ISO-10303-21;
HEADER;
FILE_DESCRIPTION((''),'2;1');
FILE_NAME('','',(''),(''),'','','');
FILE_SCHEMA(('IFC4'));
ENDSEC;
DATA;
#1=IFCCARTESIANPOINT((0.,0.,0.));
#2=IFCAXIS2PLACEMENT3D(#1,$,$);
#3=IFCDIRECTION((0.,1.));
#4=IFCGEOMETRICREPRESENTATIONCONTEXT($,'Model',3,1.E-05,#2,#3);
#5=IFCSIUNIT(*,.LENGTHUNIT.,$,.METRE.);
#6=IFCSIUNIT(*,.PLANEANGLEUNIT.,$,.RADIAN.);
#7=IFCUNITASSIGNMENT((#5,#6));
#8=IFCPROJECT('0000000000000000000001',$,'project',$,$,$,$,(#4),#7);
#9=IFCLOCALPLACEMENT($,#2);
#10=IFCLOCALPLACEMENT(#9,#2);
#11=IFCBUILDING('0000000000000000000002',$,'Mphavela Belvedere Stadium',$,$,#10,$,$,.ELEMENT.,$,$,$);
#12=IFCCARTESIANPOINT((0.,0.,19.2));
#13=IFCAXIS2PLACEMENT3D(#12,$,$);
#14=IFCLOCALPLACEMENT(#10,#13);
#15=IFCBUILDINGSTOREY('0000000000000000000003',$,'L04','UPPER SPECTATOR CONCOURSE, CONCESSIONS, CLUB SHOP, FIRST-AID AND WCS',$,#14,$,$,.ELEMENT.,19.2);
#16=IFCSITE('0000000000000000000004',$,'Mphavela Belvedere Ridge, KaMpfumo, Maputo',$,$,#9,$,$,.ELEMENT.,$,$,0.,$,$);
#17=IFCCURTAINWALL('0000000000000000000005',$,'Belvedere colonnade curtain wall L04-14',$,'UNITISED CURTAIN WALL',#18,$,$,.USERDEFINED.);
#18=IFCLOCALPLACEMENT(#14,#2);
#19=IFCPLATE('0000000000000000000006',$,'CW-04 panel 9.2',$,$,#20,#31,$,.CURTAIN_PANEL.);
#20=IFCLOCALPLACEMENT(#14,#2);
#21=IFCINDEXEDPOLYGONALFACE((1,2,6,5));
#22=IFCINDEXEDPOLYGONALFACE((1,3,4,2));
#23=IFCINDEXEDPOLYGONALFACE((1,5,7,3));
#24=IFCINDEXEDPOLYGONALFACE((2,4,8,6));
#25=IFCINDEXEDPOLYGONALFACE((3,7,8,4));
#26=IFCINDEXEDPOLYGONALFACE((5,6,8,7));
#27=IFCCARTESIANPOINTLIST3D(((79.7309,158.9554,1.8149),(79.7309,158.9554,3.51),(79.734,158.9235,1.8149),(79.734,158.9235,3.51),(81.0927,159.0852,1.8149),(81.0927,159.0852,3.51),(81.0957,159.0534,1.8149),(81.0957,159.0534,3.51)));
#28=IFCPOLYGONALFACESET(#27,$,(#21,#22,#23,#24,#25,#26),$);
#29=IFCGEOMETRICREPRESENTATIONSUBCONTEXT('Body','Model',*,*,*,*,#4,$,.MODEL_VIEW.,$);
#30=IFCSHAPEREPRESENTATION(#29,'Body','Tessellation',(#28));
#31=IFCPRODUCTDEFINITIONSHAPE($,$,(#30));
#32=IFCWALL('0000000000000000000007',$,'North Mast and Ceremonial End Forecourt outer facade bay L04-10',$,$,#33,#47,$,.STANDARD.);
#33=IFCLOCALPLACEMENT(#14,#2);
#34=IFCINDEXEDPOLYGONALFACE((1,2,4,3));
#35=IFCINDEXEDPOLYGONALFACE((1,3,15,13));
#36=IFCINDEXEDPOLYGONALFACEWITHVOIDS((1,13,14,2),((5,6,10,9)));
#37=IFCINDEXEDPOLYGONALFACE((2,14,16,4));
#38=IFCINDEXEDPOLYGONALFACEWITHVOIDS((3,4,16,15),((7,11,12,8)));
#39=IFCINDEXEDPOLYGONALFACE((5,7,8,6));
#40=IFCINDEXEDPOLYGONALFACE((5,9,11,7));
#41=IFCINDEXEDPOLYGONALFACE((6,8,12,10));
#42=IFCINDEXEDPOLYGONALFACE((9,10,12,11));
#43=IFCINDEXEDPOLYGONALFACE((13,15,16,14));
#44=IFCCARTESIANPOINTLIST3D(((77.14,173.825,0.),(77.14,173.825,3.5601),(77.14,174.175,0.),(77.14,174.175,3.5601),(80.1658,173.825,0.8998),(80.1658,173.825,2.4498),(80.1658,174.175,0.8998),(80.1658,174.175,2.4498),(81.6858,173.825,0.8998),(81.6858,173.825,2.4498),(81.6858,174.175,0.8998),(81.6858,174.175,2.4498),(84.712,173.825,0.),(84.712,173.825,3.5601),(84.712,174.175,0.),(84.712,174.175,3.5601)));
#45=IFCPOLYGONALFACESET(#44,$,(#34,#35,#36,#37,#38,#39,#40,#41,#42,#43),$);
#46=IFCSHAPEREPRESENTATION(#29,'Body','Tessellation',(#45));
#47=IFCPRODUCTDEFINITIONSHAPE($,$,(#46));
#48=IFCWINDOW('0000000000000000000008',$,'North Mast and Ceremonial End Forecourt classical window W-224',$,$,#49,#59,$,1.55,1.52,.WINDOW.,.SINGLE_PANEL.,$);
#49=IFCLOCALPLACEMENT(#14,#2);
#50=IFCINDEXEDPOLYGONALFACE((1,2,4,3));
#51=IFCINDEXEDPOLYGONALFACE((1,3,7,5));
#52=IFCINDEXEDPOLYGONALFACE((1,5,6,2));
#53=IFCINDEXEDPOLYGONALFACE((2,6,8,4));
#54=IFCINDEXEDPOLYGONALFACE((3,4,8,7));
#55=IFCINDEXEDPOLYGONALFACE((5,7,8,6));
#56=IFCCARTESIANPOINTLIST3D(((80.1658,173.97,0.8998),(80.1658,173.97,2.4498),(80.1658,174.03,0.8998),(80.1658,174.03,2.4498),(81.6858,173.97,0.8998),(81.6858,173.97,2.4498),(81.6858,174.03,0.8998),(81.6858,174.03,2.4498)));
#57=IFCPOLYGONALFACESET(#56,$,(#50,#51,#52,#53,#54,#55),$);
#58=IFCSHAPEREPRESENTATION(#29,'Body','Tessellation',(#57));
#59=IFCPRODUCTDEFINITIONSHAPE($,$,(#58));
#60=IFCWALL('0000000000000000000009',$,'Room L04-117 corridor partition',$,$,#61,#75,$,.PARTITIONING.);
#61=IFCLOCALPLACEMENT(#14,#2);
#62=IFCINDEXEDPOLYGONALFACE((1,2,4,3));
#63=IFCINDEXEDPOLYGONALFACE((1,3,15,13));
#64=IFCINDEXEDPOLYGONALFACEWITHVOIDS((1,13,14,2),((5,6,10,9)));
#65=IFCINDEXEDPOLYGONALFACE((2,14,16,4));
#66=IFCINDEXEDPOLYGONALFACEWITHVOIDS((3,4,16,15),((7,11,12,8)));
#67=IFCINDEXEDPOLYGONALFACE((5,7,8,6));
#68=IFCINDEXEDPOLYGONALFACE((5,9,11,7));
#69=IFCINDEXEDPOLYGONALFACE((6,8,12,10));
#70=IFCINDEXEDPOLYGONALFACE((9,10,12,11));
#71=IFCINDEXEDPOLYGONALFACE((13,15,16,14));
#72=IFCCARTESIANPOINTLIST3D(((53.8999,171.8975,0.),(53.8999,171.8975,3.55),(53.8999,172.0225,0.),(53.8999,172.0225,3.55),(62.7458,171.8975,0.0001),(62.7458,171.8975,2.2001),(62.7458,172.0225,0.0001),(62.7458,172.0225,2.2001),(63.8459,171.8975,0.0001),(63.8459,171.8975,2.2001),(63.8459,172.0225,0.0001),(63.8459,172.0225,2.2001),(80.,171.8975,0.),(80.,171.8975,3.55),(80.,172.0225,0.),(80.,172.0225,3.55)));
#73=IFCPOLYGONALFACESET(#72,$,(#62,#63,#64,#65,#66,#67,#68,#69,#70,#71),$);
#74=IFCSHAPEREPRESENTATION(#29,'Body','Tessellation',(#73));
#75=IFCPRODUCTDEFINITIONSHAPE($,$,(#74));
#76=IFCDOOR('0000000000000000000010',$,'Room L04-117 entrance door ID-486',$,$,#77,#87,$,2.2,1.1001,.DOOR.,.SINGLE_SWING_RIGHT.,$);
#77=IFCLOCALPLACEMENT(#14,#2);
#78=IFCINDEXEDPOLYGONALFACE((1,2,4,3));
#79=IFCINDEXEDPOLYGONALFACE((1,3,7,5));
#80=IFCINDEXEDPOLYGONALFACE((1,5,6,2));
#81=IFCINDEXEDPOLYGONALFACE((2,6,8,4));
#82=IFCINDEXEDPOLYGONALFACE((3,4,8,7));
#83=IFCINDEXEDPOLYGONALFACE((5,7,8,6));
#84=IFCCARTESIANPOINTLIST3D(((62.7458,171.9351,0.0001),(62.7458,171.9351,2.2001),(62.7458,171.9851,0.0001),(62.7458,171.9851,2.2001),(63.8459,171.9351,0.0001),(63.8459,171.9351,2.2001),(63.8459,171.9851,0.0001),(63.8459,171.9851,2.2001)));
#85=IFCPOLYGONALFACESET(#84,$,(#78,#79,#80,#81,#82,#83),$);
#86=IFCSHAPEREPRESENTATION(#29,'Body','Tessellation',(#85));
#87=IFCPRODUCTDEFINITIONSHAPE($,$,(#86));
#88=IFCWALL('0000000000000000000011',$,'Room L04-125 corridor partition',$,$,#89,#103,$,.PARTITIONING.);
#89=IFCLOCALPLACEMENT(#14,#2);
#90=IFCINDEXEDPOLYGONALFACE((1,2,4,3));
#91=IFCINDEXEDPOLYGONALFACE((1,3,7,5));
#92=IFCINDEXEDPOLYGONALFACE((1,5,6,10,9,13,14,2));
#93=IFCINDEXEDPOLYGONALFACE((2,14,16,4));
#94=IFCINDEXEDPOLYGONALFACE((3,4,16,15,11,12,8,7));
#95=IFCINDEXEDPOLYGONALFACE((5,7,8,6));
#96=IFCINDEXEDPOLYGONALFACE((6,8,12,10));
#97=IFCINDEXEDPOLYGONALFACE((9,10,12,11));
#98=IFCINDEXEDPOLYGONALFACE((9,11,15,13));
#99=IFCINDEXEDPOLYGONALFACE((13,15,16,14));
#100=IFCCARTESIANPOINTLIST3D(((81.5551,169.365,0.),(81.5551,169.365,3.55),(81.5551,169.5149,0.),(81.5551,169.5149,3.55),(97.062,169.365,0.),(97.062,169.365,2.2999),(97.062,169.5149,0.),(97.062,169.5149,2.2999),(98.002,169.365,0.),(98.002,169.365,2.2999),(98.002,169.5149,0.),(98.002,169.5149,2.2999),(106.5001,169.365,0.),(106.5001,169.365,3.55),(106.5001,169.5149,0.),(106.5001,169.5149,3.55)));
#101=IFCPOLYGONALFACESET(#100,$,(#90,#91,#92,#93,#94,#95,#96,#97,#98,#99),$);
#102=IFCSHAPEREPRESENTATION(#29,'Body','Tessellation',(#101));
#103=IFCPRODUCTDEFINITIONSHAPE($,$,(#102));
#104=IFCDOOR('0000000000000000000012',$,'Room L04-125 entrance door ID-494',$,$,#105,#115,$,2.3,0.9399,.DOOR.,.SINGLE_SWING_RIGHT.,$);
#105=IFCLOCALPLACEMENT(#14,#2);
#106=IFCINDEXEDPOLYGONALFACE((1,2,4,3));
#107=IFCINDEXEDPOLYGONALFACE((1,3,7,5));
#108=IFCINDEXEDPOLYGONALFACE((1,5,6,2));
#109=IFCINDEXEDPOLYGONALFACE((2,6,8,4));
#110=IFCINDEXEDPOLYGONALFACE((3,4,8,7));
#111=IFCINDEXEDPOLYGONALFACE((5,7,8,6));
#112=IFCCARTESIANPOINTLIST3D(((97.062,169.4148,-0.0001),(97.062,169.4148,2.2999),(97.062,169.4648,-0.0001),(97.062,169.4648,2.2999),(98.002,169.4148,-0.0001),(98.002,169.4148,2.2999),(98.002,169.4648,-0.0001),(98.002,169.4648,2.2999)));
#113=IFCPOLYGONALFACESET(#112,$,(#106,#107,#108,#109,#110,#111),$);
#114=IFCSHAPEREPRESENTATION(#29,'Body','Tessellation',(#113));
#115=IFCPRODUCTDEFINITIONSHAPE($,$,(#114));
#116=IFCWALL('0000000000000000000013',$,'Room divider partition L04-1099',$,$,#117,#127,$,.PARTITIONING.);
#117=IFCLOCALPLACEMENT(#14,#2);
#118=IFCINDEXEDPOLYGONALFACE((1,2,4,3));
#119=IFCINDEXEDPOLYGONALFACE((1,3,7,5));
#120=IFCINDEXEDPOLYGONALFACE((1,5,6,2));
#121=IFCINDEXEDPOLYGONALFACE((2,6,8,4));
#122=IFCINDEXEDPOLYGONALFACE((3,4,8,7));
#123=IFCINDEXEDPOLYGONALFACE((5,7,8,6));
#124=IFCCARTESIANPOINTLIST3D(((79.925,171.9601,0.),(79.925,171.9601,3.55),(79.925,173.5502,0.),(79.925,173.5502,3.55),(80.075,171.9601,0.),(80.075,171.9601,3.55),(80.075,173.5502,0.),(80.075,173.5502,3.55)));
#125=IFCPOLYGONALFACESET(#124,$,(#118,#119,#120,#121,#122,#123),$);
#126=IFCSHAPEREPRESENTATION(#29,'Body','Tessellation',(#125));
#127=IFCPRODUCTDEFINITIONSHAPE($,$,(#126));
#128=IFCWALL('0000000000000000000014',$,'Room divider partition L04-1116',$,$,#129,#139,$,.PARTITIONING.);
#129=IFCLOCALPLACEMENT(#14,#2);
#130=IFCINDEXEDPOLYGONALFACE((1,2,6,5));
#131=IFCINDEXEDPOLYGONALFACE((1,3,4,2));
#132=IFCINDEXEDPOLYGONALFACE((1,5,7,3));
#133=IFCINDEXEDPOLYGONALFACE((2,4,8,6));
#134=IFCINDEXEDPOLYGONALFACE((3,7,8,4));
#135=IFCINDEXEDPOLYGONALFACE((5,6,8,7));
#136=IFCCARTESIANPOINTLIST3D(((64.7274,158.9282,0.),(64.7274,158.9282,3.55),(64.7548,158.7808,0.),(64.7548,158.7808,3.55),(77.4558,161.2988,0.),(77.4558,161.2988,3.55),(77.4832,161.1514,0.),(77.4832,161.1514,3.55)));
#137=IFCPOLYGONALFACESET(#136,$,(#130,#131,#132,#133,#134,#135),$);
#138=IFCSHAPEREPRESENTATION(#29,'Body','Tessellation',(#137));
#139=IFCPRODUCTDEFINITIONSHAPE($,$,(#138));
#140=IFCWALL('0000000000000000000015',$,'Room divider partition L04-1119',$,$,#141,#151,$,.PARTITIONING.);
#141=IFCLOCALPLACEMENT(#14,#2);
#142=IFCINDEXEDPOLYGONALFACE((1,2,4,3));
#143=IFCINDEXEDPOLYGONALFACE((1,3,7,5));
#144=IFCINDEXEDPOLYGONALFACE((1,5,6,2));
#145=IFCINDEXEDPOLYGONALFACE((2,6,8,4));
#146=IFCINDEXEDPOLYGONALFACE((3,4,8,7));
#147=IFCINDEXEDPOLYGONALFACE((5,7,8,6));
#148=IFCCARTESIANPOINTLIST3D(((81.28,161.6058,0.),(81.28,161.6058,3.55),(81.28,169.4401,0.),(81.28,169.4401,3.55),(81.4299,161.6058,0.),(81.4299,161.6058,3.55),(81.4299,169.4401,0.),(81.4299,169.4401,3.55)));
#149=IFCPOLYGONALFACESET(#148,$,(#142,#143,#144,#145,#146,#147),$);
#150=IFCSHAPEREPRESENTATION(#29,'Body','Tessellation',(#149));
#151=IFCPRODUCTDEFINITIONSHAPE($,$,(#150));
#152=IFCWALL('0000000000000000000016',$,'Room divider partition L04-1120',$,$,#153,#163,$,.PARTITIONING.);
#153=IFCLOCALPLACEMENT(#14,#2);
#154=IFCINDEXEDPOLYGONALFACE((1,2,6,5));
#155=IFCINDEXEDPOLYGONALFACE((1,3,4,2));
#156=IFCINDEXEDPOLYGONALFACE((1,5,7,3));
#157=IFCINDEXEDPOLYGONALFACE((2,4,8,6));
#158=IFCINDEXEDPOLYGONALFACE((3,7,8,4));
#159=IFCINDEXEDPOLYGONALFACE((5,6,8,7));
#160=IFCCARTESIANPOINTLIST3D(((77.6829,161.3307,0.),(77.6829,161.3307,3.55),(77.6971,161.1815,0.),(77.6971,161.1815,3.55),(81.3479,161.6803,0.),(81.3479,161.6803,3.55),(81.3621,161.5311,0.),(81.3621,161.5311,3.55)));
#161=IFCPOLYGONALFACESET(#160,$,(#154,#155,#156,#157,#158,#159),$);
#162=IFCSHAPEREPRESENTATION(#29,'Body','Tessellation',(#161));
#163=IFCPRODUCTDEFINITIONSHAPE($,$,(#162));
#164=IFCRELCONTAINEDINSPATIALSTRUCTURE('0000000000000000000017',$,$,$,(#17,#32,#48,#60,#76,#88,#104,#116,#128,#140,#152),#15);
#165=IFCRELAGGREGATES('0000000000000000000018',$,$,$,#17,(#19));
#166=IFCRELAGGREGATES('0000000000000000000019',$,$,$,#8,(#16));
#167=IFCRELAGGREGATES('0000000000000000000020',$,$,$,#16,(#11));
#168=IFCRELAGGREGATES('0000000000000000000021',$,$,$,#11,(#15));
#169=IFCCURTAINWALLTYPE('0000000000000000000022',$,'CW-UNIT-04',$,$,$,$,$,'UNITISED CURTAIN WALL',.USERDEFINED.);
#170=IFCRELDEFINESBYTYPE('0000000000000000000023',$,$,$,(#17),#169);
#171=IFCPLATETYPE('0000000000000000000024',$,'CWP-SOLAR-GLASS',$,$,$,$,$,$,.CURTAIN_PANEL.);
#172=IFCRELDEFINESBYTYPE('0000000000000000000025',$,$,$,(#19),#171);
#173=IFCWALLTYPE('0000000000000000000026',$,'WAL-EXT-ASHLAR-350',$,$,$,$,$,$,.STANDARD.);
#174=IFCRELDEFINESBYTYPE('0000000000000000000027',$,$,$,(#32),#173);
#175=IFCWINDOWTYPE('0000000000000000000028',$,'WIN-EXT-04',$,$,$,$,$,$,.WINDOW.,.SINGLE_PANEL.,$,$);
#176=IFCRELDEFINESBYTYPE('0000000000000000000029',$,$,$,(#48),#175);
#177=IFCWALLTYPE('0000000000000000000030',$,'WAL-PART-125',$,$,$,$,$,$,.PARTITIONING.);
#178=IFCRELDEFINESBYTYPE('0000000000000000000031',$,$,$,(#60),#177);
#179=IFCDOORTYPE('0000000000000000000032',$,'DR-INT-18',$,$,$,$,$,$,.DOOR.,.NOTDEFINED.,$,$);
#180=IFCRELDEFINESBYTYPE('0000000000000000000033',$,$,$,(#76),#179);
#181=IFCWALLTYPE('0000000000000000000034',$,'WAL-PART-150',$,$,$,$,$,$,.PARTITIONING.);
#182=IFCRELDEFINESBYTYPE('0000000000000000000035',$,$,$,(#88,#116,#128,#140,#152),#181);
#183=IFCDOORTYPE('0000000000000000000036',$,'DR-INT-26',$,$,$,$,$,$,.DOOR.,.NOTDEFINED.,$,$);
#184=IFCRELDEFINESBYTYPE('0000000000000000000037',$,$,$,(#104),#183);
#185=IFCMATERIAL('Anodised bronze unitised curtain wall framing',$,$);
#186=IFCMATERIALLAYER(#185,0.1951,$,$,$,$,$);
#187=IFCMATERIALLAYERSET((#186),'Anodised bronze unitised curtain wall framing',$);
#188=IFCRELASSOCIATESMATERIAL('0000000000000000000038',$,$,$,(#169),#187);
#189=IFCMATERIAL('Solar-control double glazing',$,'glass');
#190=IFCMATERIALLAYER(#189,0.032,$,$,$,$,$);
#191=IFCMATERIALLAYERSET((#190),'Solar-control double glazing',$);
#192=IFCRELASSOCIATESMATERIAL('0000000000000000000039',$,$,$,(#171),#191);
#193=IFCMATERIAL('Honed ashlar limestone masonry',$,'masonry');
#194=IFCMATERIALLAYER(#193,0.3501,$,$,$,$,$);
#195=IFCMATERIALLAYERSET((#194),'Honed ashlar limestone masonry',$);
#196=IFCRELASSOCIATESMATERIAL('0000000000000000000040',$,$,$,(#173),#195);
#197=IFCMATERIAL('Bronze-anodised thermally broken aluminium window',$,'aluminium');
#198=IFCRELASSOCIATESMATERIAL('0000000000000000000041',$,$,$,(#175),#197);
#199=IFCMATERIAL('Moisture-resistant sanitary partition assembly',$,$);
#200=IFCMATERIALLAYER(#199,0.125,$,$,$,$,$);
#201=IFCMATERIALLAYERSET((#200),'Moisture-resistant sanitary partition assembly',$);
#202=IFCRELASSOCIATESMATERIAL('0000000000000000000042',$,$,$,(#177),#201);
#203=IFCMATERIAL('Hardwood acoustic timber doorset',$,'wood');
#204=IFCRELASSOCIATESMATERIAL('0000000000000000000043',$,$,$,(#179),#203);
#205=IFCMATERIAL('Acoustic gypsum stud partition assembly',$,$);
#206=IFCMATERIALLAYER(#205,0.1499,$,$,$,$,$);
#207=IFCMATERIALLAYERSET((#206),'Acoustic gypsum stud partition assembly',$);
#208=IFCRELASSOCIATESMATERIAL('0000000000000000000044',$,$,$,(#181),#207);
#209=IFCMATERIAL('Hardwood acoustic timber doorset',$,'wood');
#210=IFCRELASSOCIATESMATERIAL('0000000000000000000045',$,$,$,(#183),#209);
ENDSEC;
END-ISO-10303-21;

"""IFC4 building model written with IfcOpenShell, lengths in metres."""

from ifc_helpers import new_model, si_unit, direction, frame, frame_2d, origin, origin_2d, place, context, subcontext, project, spatial, rectangle, extrude, material, layer, layer_set, type_object, element, fill, aggregate, save


model = new_model("IFC4")

# Units and contexts
model_context = context("Model", 3, precision=1e-05, world=origin(), true_north=direction((0.0, 1.0)))
body_context = subcontext(model_context, "Body", "Model", "MODEL_VIEW")
ifc_project = project(units=[si_unit("LENGTHUNIT", "METRE"), si_unit("PLANEANGLEUNIT", "RADIAN")], contexts=[model_context])

# Site, building, storey
site_placement = place(None, origin())
site = spatial("IfcSite", under=ifc_project, at=site_placement, Name="Mphavela Belvedere Ridge, KaMpfumo, Maputo", CompositionType="ELEMENT", RefElevation=0.0)
building_placement = place(site_placement, origin())
building = spatial("IfcBuilding", under=site, at=building_placement, Name="Mphavela Belvedere Stadium", CompositionType="ELEMENT")
storey_placement = place(building_placement, frame((0.0, 0.0, 19.2)))
storey = spatial("IfcBuildingStorey", under=building, at=storey_placement, Name="L04", Description="UPPER SPECTATOR CONCOURSE, CONCESSIONS, CLUB SHOP, FIRST-AID AND WCS", CompositionType="ELEMENT", Elevation=19.2)

# Curtain wall, plate
ifc_material_1 = material(Name="Anodised bronze unitised curtain wall framing")
ifc_layer_1 = layer(ifc_material_1, 0.1951)
ifc_layer_set_1 = layer_set([ifc_layer_1], Name="Anodised bronze unitised curtain wall framing")
curtain_wall_type = type_object("IfcCurtainWallType", Name="CW-UNIT-04", ElementType="UNITISED CURTAIN WALL", PredefinedType="USERDEFINED", material=ifc_layer_set_1)
curtain_wall_placement = place(storey_placement, origin())
curtain_wall = element("IfcCurtainWall", 1, at=curtain_wall_placement, inside=storey, type_object=curtain_wall_type, Name="Belvedere colonnade curtain wall L04-14", ObjectType="UNITISED CURTAIN WALL", PredefinedType="USERDEFINED")
ifc_material_2 = material(Name="Solar-control double glazing", Category="glass")
ifc_layer_2 = layer(ifc_material_2, 0.032)
ifc_layer_set_2 = layer_set([ifc_layer_2], Name="Solar-control double glazing")
plate_type = type_object("IfcPlateType", Name="CWP-SOLAR-GLASS", PredefinedType="CURTAIN_PANEL", material=ifc_layer_set_2)
plate_1_placement = place(storey_placement, frame((80.4133, 159.0044, 1.8149), z_axis=(0.0, 0.0, 1.0), x_axis=(-0.995484, -0.094933, 0.0)))
plate_1 = element("IfcPlate", 2, at=plate_1_placement, type_object=plate_type, Name="CW-04 panel 9.2", PredefinedType="CURTAIN_PANEL", context=body_context, shape_type="SweptSolid", body=[
    extrude(rectangle(XDim=1.3679, YDim=0.032, at=origin_2d()), origin(), (0.0, 0.0, 1.0), 1.6951),
])
aggregate(curtain_wall, [plate_1])

# Wall, opening, window
ifc_material_3 = material(Name="Honed ashlar limestone masonry", Category="masonry")
ifc_layer_3 = layer(ifc_material_3, 0.3501)
ifc_layer_set_3 = layer_set([ifc_layer_3], Name="Honed ashlar limestone masonry")
wall_type_1 = type_object("IfcWallType", Name="WAL-EXT-ASHLAR-350", PredefinedType="STANDARD", material=ifc_layer_set_3)
wall_1_placement = place(storey_placement, frame((77.1399, 174.0, 0.0), z_axis=(0.0, 0.0, 1.0), x_axis=(1.0, 0.0, 0.0)))
wall_1 = element("IfcWall", 3, at=wall_1_placement, inside=storey, type_object=wall_type_1, Name="North Mast and Ceremonial End Forecourt outer facade bay L04-10", PredefinedType="STANDARD", context=body_context, shape_type="SweptSolid", body=[
    extrude(rectangle(XDim=7.572, YDim=0.3501, at=frame_2d((3.7861, 0.0))), origin(), (0.0, 0.0, 1.0), 3.5601),
])
opening_1_placement = place(wall_1_placement, frame((3.0259, 0.0, 0.8999)))
opening_1 = element("IfcOpeningElement", 4, at=opening_1_placement, cuts=wall_1, PredefinedType="OPENING", context=body_context, shape_type="SweptSolid", body=[
    extrude(rectangle(XDim=1.52, YDim=1.55, at=frame_2d((0.76, 0.7749))), frame((0.0, 0.1851, 0.0), z_axis=(0.0, -1.0, 0.0), x_axis=(1.0, 0.0, 0.0)), (0.0, 0.0, 1.0), 0.3701),
])
ifc_material_4 = material(Name="Bronze-anodised thermally broken aluminium window", Category="aluminium")
window_type = type_object("IfcWindowType", Name="WIN-EXT-04", PartitioningType="SINGLE_PANEL", PredefinedType="WINDOW", material=ifc_material_4)
window_placement = place(opening_1_placement, origin())
window = element("IfcWindow", 5, at=window_placement, inside=storey, type_object=window_type, Name="North Mast and Ceremonial End Forecourt classical window W-224", OverallHeight=1.55, OverallWidth=1.52, PartitioningType="SINGLE_PANEL", PredefinedType="WINDOW", context=body_context, shape_type="SweptSolid", body=[
    extrude(rectangle(XDim=1.52, YDim=1.55, at=frame_2d((0.76, 0.7749))), frame((0.0, 0.03, 0.0), z_axis=(0.0, -1.0, 0.0), x_axis=(1.0, 0.0, 0.0)), (0.0, 0.0, 1.0), 0.0601),
])
fill(opening_1, window)

# Walls, openings, doors
ifc_material_5 = material(Name="Moisture-resistant sanitary partition assembly")
ifc_layer_4 = layer(ifc_material_5, 0.125)
ifc_layer_set_4 = layer_set([ifc_layer_4], Name="Moisture-resistant sanitary partition assembly")
wall_type_2 = type_object("IfcWallType", Name="WAL-PART-125", PredefinedType="PARTITIONING", material=ifc_layer_set_4)
wall_2_placement = place(storey_placement, frame((80.0, 171.96, 0.0), z_axis=(0.0, 0.0, 1.0), x_axis=(-1.0, 0.0, 0.0)))
wall_2 = element("IfcWall", 6, at=wall_2_placement, inside=storey, type_object=wall_type_2, Name="Room L04-117 corridor partition", PredefinedType="PARTITIONING", context=body_context, shape_type="SweptSolid", body=[
    extrude(rectangle(XDim=26.1001, YDim=0.125, at=frame_2d((13.05, 0.0))), origin(), (0.0, 0.0, 1.0), 3.55),
])
opening_2_placement = place(wall_2_placement, frame((16.1541, 0.0, 0.0)))
opening_2 = element("IfcOpeningElement", 7, at=opening_2_placement, cuts=wall_2, PredefinedType="OPENING", context=body_context, shape_type="SweptSolid", body=[
    extrude(rectangle(XDim=1.1001, YDim=2.2, at=frame_2d((0.55, 1.1001))), frame((0.0, 0.0725, 0.0), z_axis=(0.0, -1.0, 0.0), x_axis=(1.0, 0.0, 0.0)), (0.0, 0.0, 1.0), 0.145),
])
ifc_material_6 = material(Name="Hardwood acoustic timber doorset", Category="wood")
door_type_1 = type_object("IfcDoorType", Name="DR-INT-18", OperationType="NOTDEFINED", PredefinedType="DOOR", material=ifc_material_6)
door_1_placement = place(opening_2_placement, origin())
door_1 = element("IfcDoor", 8, at=door_1_placement, inside=storey, type_object=door_type_1, Name="Room L04-117 entrance door ID-486", OperationType="SINGLE_SWING_RIGHT", OverallHeight=2.2, OverallWidth=1.1001, PredefinedType="DOOR", context=body_context, shape_type="SweptSolid", body=[
    extrude(rectangle(XDim=1.1001, YDim=2.2, at=frame_2d((0.55, 1.1001))), frame((0.0, 0.0249, 0.0), z_axis=(0.0, -1.0, 0.0), x_axis=(1.0, 0.0, 0.0)), (0.0, 0.0, 1.0), 0.05),
])
fill(opening_2, door_1)
ifc_material_7 = material(Name="Acoustic gypsum stud partition assembly")
ifc_layer_5 = layer(ifc_material_7, 0.1499)
ifc_layer_set_5 = layer_set([ifc_layer_5], Name="Acoustic gypsum stud partition assembly")
wall_type_3 = type_object("IfcWallType", Name="WAL-PART-150", PredefinedType="PARTITIONING", material=ifc_layer_set_5)
wall_3_placement = place(storey_placement, frame((81.5549, 169.4399, 0.0), z_axis=(0.0, 0.0, 1.0), x_axis=(1.0, 0.0, 0.0)))
wall_3 = element("IfcWall", 9, at=wall_3_placement, inside=storey, type_object=wall_type_3, Name="Room L04-125 corridor partition", PredefinedType="PARTITIONING", context=body_context, shape_type="SweptSolid", body=[
    extrude(rectangle(XDim=24.9451, YDim=0.1499, at=frame_2d((12.4727, 0.0))), origin(), (0.0, 0.0, 1.0), 3.55),
])
opening_3_placement = place(wall_3_placement, frame((15.5071, 0.0, 0.0)))
opening_3 = element("IfcOpeningElement", 10, at=opening_3_placement, cuts=wall_3, PredefinedType="OPENING", context=body_context, shape_type="SweptSolid", body=[
    extrude(rectangle(XDim=0.9399, YDim=2.3, at=frame_2d((0.47, 1.1499))), frame((0.0, 0.085, 0.0), z_axis=(0.0, -1.0, 0.0), x_axis=(1.0, 0.0, 0.0)), (0.0, 0.0, 1.0), 0.1699),
])
ifc_material_8 = material(Name="Hardwood acoustic timber doorset", Category="wood")
door_type_2 = type_object("IfcDoorType", Name="DR-INT-26", OperationType="NOTDEFINED", PredefinedType="DOOR", material=ifc_material_8)
door_2_placement = place(opening_3_placement, origin())
door_2 = element("IfcDoor", 11, at=door_2_placement, inside=storey, type_object=door_type_2, Name="Room L04-125 entrance door ID-494", OperationType="SINGLE_SWING_RIGHT", OverallHeight=2.3, OverallWidth=0.9399, PredefinedType="DOOR", context=body_context, shape_type="SweptSolid", body=[
    extrude(rectangle(XDim=0.9399, YDim=2.3, at=frame_2d((0.47, 1.1499))), frame((0.0, 0.0249, 0.0), z_axis=(0.0, -1.0, 0.0), x_axis=(1.0, 0.0, 0.0)), (0.0, 0.0, 1.0), 0.05),
])
fill(opening_3, door_2)

# Walls
wall_4_placement = place(storey_placement, frame((80.0, 173.55, 0.0), z_axis=(0.0, 0.0, 1.0), x_axis=(0.0, -1.0, 0.0)))
element("IfcWall", 12, at=wall_4_placement, inside=storey, type_object=wall_type_3, Name="Room divider partition L04-1099", PredefinedType="PARTITIONING", context=body_context, shape_type="SweptSolid", body=[
    extrude(rectangle(XDim=1.5901, YDim=0.1499, at=frame_2d((0.7949, 0.0))), origin(), (0.0, 0.0, 1.0), 3.55),
])
wall_5_placement = place(storey_placement, frame((77.4695, 161.2251, 0.0), z_axis=(0.0, 0.0, 1.0), x_axis=(-0.983095, -0.183099, 0.0)))
element("IfcWall", 13, at=wall_5_placement, inside=storey, type_object=wall_type_3, Name="Room divider partition L04-1116", PredefinedType="PARTITIONING", context=body_context, shape_type="SweptSolid", body=[
    extrude(rectangle(XDim=12.9473, YDim=0.1499, at=frame_2d((6.4736, 0.0))), origin(), (0.0, 0.0, 1.0), 3.55),
])
wall_6_placement = place(storey_placement, frame((81.355, 169.4399, 0.0), z_axis=(0.0, 0.0, 1.0), x_axis=(0.0, -1.0, 0.0)))
element("IfcWall", 14, at=wall_6_placement, inside=storey, type_object=wall_type_3, Name="Room divider partition L04-1119", PredefinedType="PARTITIONING", context=body_context, shape_type="SweptSolid", body=[
    extrude(rectangle(XDim=7.8342, YDim=0.1499, at=frame_2d((3.917, 0.0))), origin(), (0.0, 0.0, 1.0), 3.55),
])
wall_7_placement = place(storey_placement, frame((81.355, 161.6057, 0.0), z_axis=(0.0, 0.0, 1.0), x_axis=(-0.995481, -0.094959, 0.0)))
element("IfcWall", 15, at=wall_7_placement, inside=storey, type_object=wall_type_3, Name="Room divider partition L04-1120", PredefinedType="PARTITIONING", context=body_context, shape_type="SweptSolid", body=[
    extrude(rectangle(XDim=3.6816, YDim=0.1499, at=frame_2d((1.8408, 0.0))), origin(), (0.0, 0.0, 1.0), 3.55),
])

save(model, "model.ifc")
